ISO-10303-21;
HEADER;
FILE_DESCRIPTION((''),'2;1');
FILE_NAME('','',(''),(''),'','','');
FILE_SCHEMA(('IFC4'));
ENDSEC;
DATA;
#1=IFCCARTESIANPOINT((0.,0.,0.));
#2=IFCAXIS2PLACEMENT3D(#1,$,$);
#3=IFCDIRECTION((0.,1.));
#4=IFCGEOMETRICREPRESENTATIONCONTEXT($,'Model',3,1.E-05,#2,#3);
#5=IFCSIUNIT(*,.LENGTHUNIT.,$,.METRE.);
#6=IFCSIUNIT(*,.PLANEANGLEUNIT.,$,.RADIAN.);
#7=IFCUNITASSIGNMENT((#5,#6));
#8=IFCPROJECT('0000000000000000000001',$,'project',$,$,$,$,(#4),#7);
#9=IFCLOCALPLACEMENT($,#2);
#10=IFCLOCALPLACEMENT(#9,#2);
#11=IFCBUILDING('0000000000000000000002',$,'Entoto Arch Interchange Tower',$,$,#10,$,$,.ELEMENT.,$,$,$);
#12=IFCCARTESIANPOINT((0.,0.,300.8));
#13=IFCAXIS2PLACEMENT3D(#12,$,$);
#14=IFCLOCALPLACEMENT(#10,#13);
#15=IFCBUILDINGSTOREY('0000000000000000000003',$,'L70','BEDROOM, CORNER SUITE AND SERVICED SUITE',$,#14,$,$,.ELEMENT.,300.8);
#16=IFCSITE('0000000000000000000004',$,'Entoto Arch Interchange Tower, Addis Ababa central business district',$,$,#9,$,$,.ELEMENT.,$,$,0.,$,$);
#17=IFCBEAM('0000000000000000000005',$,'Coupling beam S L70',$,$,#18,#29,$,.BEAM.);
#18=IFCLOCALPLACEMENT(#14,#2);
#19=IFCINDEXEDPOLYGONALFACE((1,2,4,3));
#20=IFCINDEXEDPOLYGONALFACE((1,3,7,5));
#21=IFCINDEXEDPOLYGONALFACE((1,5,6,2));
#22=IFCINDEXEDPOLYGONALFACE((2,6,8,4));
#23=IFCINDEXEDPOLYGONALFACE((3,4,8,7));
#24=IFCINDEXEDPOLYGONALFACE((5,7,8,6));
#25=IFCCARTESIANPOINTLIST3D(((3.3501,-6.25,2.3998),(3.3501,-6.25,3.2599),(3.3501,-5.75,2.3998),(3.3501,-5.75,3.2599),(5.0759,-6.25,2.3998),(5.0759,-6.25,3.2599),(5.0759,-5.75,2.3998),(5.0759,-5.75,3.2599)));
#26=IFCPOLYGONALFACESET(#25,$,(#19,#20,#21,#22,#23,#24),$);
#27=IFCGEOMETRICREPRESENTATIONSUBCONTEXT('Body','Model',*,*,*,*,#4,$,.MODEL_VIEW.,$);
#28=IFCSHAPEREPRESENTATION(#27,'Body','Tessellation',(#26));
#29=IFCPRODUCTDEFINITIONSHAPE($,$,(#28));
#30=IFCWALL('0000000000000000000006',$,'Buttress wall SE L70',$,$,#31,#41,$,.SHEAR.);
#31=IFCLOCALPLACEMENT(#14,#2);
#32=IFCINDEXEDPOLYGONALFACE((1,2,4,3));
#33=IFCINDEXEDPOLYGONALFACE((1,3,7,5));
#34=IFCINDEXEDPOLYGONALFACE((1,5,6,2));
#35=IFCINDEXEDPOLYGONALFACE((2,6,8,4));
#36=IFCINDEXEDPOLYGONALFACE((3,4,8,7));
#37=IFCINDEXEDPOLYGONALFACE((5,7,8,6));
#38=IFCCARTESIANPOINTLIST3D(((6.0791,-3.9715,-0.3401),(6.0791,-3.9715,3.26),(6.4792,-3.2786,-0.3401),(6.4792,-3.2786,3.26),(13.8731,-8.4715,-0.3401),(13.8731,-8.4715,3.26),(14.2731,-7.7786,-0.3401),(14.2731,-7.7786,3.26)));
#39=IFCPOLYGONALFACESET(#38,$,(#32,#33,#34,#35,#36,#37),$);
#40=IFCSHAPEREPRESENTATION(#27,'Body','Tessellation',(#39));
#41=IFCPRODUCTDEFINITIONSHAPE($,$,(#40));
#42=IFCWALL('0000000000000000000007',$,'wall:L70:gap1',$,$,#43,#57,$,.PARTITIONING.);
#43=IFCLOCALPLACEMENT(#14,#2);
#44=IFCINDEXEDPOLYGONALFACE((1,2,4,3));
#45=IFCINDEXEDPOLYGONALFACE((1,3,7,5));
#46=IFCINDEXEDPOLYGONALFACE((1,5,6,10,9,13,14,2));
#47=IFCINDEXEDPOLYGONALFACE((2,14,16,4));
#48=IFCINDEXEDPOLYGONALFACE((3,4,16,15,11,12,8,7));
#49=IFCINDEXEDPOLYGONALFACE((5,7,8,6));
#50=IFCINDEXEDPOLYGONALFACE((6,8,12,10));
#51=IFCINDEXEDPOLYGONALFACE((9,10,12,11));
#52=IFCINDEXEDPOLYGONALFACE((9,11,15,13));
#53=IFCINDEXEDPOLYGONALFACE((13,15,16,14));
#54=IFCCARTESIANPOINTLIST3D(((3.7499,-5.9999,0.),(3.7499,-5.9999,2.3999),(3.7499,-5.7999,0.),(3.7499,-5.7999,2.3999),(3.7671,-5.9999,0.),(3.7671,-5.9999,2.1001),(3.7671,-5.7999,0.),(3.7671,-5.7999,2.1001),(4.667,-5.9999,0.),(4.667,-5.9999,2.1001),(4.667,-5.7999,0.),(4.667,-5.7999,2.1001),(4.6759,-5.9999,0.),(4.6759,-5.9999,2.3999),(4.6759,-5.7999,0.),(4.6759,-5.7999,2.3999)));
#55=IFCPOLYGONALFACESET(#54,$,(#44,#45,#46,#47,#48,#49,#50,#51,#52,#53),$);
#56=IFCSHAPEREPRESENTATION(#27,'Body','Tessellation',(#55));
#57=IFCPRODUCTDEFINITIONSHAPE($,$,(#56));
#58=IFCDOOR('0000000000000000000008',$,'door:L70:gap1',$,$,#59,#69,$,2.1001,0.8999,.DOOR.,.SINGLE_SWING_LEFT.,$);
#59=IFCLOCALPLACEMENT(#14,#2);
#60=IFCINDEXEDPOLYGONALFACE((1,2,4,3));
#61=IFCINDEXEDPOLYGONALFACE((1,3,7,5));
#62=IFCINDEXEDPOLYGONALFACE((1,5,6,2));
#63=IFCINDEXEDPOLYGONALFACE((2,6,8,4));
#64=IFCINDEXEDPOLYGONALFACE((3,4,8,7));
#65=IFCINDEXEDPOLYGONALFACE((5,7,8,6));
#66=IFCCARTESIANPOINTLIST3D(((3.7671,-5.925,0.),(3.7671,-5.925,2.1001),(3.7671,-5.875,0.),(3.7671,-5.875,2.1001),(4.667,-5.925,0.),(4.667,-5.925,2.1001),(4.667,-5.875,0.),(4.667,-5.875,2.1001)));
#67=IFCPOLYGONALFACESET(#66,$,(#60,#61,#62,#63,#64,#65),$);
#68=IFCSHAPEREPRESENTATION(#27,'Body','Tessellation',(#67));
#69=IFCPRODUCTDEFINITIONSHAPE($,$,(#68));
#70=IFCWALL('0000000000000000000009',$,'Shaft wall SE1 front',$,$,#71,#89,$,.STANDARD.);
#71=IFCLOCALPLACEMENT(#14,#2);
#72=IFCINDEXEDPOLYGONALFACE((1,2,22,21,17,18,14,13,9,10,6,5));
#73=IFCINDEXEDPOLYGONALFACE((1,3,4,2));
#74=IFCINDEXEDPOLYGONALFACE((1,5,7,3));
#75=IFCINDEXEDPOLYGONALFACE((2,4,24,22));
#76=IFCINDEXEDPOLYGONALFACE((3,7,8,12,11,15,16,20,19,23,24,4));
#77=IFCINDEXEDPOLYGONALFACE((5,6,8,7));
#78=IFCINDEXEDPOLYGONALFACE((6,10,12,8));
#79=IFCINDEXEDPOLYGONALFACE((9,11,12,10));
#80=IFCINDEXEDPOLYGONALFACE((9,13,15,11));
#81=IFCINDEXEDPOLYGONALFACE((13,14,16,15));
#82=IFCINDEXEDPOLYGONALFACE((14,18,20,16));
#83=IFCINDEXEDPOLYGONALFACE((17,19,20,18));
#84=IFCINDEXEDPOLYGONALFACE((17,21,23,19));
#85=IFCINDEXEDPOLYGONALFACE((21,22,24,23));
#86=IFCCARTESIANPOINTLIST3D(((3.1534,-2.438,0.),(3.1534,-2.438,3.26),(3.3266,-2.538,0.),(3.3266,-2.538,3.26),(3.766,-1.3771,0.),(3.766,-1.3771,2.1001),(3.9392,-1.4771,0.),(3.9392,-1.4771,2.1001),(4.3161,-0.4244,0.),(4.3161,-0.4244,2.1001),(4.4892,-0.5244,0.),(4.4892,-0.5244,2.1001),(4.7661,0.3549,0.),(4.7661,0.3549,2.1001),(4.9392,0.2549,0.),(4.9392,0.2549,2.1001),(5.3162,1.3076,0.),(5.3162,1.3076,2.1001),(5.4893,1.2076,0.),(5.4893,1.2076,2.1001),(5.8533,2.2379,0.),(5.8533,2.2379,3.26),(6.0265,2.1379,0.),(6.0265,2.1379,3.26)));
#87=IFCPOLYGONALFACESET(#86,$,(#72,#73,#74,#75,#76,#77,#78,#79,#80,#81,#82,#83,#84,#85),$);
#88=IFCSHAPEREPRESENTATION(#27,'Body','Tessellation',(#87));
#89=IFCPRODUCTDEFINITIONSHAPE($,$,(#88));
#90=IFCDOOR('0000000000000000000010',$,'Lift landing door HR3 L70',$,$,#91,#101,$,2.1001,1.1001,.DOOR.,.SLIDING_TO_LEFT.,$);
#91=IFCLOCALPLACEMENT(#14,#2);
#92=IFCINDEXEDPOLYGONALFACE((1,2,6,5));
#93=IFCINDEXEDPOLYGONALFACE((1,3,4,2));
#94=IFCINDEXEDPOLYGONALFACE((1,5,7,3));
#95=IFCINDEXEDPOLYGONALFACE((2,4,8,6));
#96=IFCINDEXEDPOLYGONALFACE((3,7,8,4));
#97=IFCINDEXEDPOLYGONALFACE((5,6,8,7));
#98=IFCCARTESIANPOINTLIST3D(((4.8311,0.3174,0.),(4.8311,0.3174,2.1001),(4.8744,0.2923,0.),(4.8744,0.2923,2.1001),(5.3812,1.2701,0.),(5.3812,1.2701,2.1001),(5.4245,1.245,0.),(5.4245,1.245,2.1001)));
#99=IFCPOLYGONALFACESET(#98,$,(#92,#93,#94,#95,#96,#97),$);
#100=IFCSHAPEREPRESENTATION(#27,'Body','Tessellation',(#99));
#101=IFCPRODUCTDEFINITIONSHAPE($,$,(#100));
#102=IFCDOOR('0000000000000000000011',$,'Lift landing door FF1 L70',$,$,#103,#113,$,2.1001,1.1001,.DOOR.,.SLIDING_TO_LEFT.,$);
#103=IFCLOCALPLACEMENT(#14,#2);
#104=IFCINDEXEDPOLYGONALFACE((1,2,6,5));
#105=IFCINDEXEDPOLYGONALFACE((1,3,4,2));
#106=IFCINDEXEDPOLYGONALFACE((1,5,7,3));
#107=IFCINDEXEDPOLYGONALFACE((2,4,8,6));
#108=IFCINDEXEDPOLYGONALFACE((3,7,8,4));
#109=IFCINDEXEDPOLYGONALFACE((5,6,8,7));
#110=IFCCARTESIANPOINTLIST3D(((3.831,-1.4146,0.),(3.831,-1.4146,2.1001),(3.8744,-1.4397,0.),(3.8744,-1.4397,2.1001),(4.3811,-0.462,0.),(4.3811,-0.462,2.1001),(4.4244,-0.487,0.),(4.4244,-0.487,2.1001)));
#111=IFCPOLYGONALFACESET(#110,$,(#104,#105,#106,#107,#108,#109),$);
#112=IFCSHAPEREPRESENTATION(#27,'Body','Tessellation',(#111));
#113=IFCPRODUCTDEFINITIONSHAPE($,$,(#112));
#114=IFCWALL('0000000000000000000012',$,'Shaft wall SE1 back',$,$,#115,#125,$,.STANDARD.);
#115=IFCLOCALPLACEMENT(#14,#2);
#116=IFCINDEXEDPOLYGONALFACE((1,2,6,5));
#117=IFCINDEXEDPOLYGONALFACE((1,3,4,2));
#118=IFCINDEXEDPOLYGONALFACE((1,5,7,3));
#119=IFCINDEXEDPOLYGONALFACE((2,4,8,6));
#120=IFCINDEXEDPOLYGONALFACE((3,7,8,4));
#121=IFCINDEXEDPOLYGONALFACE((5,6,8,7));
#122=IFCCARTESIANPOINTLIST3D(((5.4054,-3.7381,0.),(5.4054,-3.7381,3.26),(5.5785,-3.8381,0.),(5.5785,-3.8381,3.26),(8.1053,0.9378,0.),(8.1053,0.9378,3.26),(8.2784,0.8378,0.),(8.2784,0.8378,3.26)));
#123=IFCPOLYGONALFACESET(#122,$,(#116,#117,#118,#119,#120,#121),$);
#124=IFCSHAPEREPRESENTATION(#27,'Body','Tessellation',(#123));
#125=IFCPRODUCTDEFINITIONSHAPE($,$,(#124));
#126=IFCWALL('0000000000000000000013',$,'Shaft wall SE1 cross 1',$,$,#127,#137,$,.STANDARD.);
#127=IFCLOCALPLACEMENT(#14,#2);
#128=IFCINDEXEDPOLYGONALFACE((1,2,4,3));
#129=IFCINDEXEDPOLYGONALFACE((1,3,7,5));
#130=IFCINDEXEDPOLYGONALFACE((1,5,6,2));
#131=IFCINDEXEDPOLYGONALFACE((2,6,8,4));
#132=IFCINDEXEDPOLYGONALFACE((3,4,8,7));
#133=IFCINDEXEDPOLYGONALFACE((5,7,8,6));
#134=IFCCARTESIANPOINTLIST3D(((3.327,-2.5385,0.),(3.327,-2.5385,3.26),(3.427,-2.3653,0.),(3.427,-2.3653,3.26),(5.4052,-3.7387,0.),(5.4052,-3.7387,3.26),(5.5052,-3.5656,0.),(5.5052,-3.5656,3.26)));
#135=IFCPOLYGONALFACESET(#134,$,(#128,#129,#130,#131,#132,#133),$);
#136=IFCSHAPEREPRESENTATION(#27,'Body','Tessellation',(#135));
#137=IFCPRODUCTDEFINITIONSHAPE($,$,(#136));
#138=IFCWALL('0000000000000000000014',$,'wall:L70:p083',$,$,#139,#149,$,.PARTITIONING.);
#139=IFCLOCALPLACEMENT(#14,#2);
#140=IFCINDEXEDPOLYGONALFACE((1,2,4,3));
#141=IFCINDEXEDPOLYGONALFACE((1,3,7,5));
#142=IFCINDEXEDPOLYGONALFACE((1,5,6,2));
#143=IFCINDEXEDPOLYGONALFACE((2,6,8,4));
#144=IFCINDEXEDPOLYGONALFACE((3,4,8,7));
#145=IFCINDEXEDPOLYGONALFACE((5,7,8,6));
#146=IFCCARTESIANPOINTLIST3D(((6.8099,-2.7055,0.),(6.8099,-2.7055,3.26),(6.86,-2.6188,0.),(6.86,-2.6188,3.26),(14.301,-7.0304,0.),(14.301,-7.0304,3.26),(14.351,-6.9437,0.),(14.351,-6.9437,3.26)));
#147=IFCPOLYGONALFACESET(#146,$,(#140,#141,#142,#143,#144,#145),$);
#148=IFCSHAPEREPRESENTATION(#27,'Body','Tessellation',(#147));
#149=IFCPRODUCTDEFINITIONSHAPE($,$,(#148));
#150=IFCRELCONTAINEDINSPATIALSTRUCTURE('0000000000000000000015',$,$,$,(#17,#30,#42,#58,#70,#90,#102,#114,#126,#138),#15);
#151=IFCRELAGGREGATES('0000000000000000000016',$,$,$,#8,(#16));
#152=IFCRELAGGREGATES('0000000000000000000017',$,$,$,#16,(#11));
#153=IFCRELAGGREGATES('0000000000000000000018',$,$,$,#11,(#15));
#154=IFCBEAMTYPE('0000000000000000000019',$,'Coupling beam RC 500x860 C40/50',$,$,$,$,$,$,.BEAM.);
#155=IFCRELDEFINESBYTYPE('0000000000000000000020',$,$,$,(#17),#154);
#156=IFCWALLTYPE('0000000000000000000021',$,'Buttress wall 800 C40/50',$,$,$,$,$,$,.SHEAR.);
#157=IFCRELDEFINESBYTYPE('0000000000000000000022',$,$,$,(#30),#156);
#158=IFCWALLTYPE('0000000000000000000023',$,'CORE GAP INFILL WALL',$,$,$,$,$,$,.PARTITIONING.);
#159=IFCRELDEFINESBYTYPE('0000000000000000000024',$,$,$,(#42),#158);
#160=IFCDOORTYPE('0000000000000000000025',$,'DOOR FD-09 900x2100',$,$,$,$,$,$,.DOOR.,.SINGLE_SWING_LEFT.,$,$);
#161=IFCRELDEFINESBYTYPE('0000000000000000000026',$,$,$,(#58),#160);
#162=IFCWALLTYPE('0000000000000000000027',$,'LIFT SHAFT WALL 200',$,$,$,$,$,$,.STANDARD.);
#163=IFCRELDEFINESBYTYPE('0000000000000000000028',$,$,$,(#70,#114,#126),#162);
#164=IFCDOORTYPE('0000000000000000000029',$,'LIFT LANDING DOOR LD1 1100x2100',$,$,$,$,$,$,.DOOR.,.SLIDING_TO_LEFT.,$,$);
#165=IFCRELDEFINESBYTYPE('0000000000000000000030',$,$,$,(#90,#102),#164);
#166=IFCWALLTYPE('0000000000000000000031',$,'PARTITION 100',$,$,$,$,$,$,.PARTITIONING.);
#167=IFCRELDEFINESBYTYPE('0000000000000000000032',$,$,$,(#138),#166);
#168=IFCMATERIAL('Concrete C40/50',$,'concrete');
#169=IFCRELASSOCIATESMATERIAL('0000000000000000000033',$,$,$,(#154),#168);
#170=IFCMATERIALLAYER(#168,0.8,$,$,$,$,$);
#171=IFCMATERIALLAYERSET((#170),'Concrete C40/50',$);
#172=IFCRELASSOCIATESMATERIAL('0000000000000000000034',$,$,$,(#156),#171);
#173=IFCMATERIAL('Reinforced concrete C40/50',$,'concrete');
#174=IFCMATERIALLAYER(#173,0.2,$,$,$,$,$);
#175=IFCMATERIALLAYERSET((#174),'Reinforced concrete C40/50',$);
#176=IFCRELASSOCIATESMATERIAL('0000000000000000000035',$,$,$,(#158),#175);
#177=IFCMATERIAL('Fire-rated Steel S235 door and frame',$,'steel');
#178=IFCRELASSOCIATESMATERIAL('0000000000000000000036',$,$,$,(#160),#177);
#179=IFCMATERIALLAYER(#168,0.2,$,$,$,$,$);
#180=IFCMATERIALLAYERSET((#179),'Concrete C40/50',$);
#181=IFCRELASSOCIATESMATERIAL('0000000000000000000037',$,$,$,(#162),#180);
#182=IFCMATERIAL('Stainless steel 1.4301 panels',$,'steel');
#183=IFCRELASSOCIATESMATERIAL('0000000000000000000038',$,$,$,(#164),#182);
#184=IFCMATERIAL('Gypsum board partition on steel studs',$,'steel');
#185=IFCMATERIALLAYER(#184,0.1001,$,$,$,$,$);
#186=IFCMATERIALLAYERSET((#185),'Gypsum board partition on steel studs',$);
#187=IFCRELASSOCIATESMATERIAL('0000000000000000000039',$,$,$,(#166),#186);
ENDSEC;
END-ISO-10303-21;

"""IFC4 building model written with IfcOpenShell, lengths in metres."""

from ifc_helpers import new_model, si_unit, direction, frame, frame_2d, origin, origin_2d, place, context, subcontext, project, spatial, rectangle, extrude, material, layer, layer_set, material_profile, profile_set, type_object, element, fill, save


model = new_model("IFC4")

# Units and contexts
model_context = context("Model", 3, precision=1e-05, world=origin(), true_north=direction((0.0, 1.0)))
body_context = subcontext(model_context, "Body", "Model", "MODEL_VIEW")
ifc_project = project(units=[si_unit("LENGTHUNIT", "METRE"), si_unit("PLANEANGLEUNIT", "RADIAN")], contexts=[model_context])

# Site, building, storey
site_placement = place(None, origin())
site = spatial("IfcSite", under=ifc_project, at=site_placement, Name="Entoto Arch Interchange Tower, Addis Ababa central business district", CompositionType="ELEMENT", RefElevation=0.0)
building_placement = place(site_placement, origin())
building = spatial("IfcBuilding", under=site, at=building_placement, Name="Entoto Arch Interchange Tower", CompositionType="ELEMENT")
storey_placement = place(building_placement, frame((0.0, 0.0, 300.8)))
storey = spatial("IfcBuildingStorey", under=building, at=storey_placement, Name="L70", Description="BEDROOM, CORNER SUITE AND SERVICED SUITE", CompositionType="ELEMENT", Elevation=300.8)

# Beam
ifc_material_1 = material(Name="Concrete C40/50", Category="concrete")
ifc_material_profile = material_profile(ifc_material_1, rectangle(XDim=0.5, YDim=0.8601, at=origin_2d()))
ifc_profile_set = profile_set([ifc_material_profile], Name="Concrete C40/50")
beam_type = type_object("IfcBeamType", Name="Coupling beam RC 500x860 C40/50", PredefinedType="BEAM", material=ifc_profile_set)
beam_placement = place(storey_placement, frame((3.3501, -6.0, 2.8298), z_axis=(1.0, 0.0, 0.0), x_axis=(0.0, 1.0, 0.0)))
element("IfcBeam", 1, at=beam_placement, inside=storey, type_object=beam_type, Name="Coupling beam S L70", PredefinedType="BEAM", context=body_context, shape_type="SweptSolid", body=[
    extrude(rectangle(XDim=0.5, YDim=0.8601, at=origin_2d()), origin(), (0.0, 0.0, 1.0), 1.7258),
])

# Wall
ifc_layer_1 = layer(ifc_material_1, 0.8)
ifc_layer_set_1 = layer_set([ifc_layer_1], Name="Concrete C40/50")
wall_type_1 = type_object("IfcWallType", Name="Buttress wall 800 C40/50", PredefinedType="SHEAR", material=ifc_layer_set_1)
wall_1_placement = place(storey_placement, frame((6.2791, -3.625, -0.3401), z_axis=(0.0, 0.0, 1.0), x_axis=(0.866018, -0.500014, 0.0)))
element("IfcWall", 2, at=wall_1_placement, inside=storey, type_object=wall_type_1, Name="Buttress wall SE L70", PredefinedType="SHEAR", context=body_context, shape_type="SweptSolid", body=[
    extrude(rectangle(XDim=8.9998, YDim=0.8, at=frame_2d((4.5, 0.0))), origin(), (0.0, 0.0, 1.0), 3.6001),
])

# Wall, opening, door
ifc_material_2 = material(Name="Reinforced concrete C40/50", Category="concrete")
ifc_layer_2 = layer(ifc_material_2, 0.2)
ifc_layer_set_2 = layer_set([ifc_layer_2], Name="Reinforced concrete C40/50")
wall_type_2 = type_object("IfcWallType", Name="CORE GAP INFILL WALL", PredefinedType="PARTITIONING", material=ifc_layer_set_2)
wall_2_placement = place(storey_placement, frame((3.75, -5.8999, 0.0), z_axis=(0.0, 0.0, 1.0), x_axis=(1.0, 0.0, 0.0)))
wall_2 = element("IfcWall", 3, at=wall_2_placement, inside=storey, type_object=wall_type_2, Name="wall:L70:gap1", PredefinedType="PARTITIONING", context=body_context, shape_type="SweptSolid", body=[
    extrude(rectangle(XDim=0.926, YDim=0.2, at=frame_2d((0.4629, 0.0))), origin(), (0.0, 0.0, 1.0), 2.3999),
])
opening_1_placement = place(wall_2_placement, frame((0.0171, 0.0, 0.0)))
opening_1 = element("IfcOpeningElement", 4, at=opening_1_placement, cuts=wall_2, PredefinedType="OPENING", context=body_context, shape_type="SweptSolid", body=[
    extrude(rectangle(XDim=0.8999, YDim=2.1001, at=frame_2d((0.45, 1.05))), frame((0.0, 0.1099, 0.0), z_axis=(0.0, -1.0, 0.0), x_axis=(1.0, 0.0, 0.0)), (0.0, 0.0, 1.0), 0.22),
])
ifc_material_3 = material(Name="Fire-rated Steel S235 door and frame", Category="steel")
door_type_1 = type_object("IfcDoorType", Name="DOOR FD-09 900x2100", OperationType="SINGLE_SWING_LEFT", PredefinedType="DOOR", material=ifc_material_3)
door_1_placement = place(opening_1_placement, origin())
door_1 = element("IfcDoor", 5, at=door_1_placement, inside=storey, type_object=door_type_1, Name="door:L70:gap1", OperationType="SINGLE_SWING_LEFT", OverallHeight=2.1001, OverallWidth=0.8999, PredefinedType="DOOR", context=body_context, shape_type="SweptSolid", body=[
    extrude(rectangle(XDim=0.8999, YDim=2.1001, at=frame_2d((0.45, 1.05))), frame((0.0, 0.0249, 0.0), z_axis=(0.0, -1.0, 0.0), x_axis=(1.0, 0.0, 0.0)), (0.0, 0.0, 1.0), 0.05),
])
fill(opening_1, door_1)

# Wall, openings, doors
ifc_layer_3 = layer(ifc_material_1, 0.2)
ifc_layer_set_3 = layer_set([ifc_layer_3], Name="Concrete C40/50")
wall_type_3 = type_object("IfcWallType", Name="LIFT SHAFT WALL 200", PredefinedType="STANDARD", material=ifc_layer_set_3)
wall_3_placement = place(storey_placement, frame((3.24, -2.488, 0.0), z_axis=(0.0, 0.0, 1.0), x_axis=(0.500034, 0.866006, 0.0)))
wall_3 = element("IfcWall", 6, at=wall_3_placement, inside=storey, type_object=wall_type_3, Name="Shaft wall SE1 front", PredefinedType="STANDARD", context=body_context, shape_type="SweptSolid", body=[
    extrude(rectangle(XDim=5.3994, YDim=0.2, at=frame_2d((2.6997, 0.0))), origin(), (0.0, 0.0, 1.0), 3.26),
])
opening_2_placement = place(wall_3_placement, frame((3.2251, 0.0, 0.0)))
opening_2 = element("IfcOpeningElement", 7, at=opening_2_placement, cuts=wall_3, PredefinedType="OPENING", context=body_context, shape_type="SweptSolid", body=[
    extrude(rectangle(XDim=1.1001, YDim=2.1001, at=frame_2d((0.55, 1.05))), frame((0.0, 0.1099, 0.0), z_axis=(0.0, -1.0, 0.0), x_axis=(1.0, 0.0, 0.0)), (0.0, 0.0, 1.0), 0.22),
])
opening_3_placement = place(wall_3_placement, frame((1.2251, 0.0, 0.0)))
opening_3 = element("IfcOpeningElement", 8, at=opening_3_placement, cuts=wall_3, PredefinedType="OPENING", context=body_context, shape_type="SweptSolid", body=[
    extrude(rectangle(XDim=1.1001, YDim=2.1001, at=frame_2d((0.55, 1.05))), frame((0.0, 0.1099, 0.0), z_axis=(0.0, -1.0, 0.0), x_axis=(1.0, 0.0, 0.0)), (0.0, 0.0, 1.0), 0.22),
])
ifc_material_4 = material(Name="Stainless steel 1.4301 panels", Category="steel")
door_type_2 = type_object("IfcDoorType", Name="LIFT LANDING DOOR LD1 1100x2100", OperationType="SLIDING_TO_LEFT", PredefinedType="DOOR", material=ifc_material_4)
door_2_placement = place(opening_2_placement, origin())
door_2 = element("IfcDoor", 9, at=door_2_placement, inside=storey, type_object=door_type_2, Name="Lift landing door HR3 L70", OperationType="SLIDING_TO_LEFT", OverallHeight=2.1001, OverallWidth=1.1001, PredefinedType="DOOR", context=body_context, shape_type="SweptSolid", body=[
    extrude(rectangle(XDim=1.1001, YDim=2.1001, at=frame_2d((0.55, 1.05))), frame((0.0, 0.0249, 0.0), z_axis=(0.0, -1.0, 0.0), x_axis=(1.0, 0.0, 0.0)), (0.0, 0.0, 1.0), 0.05),
])
fill(opening_2, door_2)
door_3_placement = place(opening_3_placement, origin())
door_3 = element("IfcDoor", 10, at=door_3_placement, inside=storey, type_object=door_type_2, Name="Lift landing door FF1 L70", OperationType="SLIDING_TO_LEFT", OverallHeight=2.1001, OverallWidth=1.1001, PredefinedType="DOOR", context=body_context, shape_type="SweptSolid", body=[
    extrude(rectangle(XDim=1.1001, YDim=2.1001, at=frame_2d((0.55, 1.05))), frame((0.0, 0.0249, 0.0), z_axis=(0.0, -1.0, 0.0), x_axis=(1.0, 0.0, 0.0)), (0.0, 0.0, 1.0), 0.05),
])
fill(opening_3, door_3)

# Walls
wall_4_placement = place(storey_placement, frame((5.4919, -3.7881, 0.0), z_axis=(0.0, 0.0, 1.0), x_axis=(0.500034, 0.866006, 0.0)))
element("IfcWall", 11, at=wall_4_placement, inside=storey, type_object=wall_type_3, Name="Shaft wall SE1 back", PredefinedType="STANDARD", context=body_context, shape_type="SweptSolid", body=[
    extrude(rectangle(XDim=5.3994, YDim=0.2, at=frame_2d((2.6997, 0.0))), origin(), (0.0, 0.0, 1.0), 3.26),
])
wall_5_placement = place(storey_placement, frame((3.377, -2.4519, 0.0), z_axis=(0.0, 0.0, 1.0), x_axis=(0.865955, -0.500122, 0.0)))
element("IfcWall", 12, at=wall_5_placement, inside=storey, type_object=wall_type_3, Name="Shaft wall SE1 cross 1", PredefinedType="STANDARD", context=body_context, shape_type="SweptSolid", body=[
    extrude(rectangle(XDim=2.3999, YDim=0.2, at=frame_2d((1.2, 0.0))), origin(), (0.0, 0.0, 1.0), 3.26),
])
ifc_material_5 = material(Name="Gypsum board partition on steel studs", Category="steel")
ifc_layer_4 = layer(ifc_material_5, 0.1001)
ifc_layer_set_4 = layer_set([ifc_layer_4], Name="Gypsum board partition on steel studs")
wall_type_4 = type_object("IfcWallType", Name="PARTITION 100", PredefinedType="PARTITIONING", material=ifc_layer_set_4)
wall_6_placement = place(storey_placement, frame((6.835, -2.6621, 0.0), z_axis=(0.0, 0.0, 1.0), x_axis=(0.866023, -0.500003, 0.0)))
element("IfcWall", 13, at=wall_6_placement, inside=storey, type_object=wall_type_4, Name="wall:L70:p083", PredefinedType="PARTITIONING", context=body_context, shape_type="SweptSolid", body=[
    extrude(rectangle(XDim=8.6499, YDim=0.1001, at=frame_2d((4.325, 0.0))), origin(), (0.0, 0.0, 1.0), 3.26),
])

save(model, "model.ifc")
